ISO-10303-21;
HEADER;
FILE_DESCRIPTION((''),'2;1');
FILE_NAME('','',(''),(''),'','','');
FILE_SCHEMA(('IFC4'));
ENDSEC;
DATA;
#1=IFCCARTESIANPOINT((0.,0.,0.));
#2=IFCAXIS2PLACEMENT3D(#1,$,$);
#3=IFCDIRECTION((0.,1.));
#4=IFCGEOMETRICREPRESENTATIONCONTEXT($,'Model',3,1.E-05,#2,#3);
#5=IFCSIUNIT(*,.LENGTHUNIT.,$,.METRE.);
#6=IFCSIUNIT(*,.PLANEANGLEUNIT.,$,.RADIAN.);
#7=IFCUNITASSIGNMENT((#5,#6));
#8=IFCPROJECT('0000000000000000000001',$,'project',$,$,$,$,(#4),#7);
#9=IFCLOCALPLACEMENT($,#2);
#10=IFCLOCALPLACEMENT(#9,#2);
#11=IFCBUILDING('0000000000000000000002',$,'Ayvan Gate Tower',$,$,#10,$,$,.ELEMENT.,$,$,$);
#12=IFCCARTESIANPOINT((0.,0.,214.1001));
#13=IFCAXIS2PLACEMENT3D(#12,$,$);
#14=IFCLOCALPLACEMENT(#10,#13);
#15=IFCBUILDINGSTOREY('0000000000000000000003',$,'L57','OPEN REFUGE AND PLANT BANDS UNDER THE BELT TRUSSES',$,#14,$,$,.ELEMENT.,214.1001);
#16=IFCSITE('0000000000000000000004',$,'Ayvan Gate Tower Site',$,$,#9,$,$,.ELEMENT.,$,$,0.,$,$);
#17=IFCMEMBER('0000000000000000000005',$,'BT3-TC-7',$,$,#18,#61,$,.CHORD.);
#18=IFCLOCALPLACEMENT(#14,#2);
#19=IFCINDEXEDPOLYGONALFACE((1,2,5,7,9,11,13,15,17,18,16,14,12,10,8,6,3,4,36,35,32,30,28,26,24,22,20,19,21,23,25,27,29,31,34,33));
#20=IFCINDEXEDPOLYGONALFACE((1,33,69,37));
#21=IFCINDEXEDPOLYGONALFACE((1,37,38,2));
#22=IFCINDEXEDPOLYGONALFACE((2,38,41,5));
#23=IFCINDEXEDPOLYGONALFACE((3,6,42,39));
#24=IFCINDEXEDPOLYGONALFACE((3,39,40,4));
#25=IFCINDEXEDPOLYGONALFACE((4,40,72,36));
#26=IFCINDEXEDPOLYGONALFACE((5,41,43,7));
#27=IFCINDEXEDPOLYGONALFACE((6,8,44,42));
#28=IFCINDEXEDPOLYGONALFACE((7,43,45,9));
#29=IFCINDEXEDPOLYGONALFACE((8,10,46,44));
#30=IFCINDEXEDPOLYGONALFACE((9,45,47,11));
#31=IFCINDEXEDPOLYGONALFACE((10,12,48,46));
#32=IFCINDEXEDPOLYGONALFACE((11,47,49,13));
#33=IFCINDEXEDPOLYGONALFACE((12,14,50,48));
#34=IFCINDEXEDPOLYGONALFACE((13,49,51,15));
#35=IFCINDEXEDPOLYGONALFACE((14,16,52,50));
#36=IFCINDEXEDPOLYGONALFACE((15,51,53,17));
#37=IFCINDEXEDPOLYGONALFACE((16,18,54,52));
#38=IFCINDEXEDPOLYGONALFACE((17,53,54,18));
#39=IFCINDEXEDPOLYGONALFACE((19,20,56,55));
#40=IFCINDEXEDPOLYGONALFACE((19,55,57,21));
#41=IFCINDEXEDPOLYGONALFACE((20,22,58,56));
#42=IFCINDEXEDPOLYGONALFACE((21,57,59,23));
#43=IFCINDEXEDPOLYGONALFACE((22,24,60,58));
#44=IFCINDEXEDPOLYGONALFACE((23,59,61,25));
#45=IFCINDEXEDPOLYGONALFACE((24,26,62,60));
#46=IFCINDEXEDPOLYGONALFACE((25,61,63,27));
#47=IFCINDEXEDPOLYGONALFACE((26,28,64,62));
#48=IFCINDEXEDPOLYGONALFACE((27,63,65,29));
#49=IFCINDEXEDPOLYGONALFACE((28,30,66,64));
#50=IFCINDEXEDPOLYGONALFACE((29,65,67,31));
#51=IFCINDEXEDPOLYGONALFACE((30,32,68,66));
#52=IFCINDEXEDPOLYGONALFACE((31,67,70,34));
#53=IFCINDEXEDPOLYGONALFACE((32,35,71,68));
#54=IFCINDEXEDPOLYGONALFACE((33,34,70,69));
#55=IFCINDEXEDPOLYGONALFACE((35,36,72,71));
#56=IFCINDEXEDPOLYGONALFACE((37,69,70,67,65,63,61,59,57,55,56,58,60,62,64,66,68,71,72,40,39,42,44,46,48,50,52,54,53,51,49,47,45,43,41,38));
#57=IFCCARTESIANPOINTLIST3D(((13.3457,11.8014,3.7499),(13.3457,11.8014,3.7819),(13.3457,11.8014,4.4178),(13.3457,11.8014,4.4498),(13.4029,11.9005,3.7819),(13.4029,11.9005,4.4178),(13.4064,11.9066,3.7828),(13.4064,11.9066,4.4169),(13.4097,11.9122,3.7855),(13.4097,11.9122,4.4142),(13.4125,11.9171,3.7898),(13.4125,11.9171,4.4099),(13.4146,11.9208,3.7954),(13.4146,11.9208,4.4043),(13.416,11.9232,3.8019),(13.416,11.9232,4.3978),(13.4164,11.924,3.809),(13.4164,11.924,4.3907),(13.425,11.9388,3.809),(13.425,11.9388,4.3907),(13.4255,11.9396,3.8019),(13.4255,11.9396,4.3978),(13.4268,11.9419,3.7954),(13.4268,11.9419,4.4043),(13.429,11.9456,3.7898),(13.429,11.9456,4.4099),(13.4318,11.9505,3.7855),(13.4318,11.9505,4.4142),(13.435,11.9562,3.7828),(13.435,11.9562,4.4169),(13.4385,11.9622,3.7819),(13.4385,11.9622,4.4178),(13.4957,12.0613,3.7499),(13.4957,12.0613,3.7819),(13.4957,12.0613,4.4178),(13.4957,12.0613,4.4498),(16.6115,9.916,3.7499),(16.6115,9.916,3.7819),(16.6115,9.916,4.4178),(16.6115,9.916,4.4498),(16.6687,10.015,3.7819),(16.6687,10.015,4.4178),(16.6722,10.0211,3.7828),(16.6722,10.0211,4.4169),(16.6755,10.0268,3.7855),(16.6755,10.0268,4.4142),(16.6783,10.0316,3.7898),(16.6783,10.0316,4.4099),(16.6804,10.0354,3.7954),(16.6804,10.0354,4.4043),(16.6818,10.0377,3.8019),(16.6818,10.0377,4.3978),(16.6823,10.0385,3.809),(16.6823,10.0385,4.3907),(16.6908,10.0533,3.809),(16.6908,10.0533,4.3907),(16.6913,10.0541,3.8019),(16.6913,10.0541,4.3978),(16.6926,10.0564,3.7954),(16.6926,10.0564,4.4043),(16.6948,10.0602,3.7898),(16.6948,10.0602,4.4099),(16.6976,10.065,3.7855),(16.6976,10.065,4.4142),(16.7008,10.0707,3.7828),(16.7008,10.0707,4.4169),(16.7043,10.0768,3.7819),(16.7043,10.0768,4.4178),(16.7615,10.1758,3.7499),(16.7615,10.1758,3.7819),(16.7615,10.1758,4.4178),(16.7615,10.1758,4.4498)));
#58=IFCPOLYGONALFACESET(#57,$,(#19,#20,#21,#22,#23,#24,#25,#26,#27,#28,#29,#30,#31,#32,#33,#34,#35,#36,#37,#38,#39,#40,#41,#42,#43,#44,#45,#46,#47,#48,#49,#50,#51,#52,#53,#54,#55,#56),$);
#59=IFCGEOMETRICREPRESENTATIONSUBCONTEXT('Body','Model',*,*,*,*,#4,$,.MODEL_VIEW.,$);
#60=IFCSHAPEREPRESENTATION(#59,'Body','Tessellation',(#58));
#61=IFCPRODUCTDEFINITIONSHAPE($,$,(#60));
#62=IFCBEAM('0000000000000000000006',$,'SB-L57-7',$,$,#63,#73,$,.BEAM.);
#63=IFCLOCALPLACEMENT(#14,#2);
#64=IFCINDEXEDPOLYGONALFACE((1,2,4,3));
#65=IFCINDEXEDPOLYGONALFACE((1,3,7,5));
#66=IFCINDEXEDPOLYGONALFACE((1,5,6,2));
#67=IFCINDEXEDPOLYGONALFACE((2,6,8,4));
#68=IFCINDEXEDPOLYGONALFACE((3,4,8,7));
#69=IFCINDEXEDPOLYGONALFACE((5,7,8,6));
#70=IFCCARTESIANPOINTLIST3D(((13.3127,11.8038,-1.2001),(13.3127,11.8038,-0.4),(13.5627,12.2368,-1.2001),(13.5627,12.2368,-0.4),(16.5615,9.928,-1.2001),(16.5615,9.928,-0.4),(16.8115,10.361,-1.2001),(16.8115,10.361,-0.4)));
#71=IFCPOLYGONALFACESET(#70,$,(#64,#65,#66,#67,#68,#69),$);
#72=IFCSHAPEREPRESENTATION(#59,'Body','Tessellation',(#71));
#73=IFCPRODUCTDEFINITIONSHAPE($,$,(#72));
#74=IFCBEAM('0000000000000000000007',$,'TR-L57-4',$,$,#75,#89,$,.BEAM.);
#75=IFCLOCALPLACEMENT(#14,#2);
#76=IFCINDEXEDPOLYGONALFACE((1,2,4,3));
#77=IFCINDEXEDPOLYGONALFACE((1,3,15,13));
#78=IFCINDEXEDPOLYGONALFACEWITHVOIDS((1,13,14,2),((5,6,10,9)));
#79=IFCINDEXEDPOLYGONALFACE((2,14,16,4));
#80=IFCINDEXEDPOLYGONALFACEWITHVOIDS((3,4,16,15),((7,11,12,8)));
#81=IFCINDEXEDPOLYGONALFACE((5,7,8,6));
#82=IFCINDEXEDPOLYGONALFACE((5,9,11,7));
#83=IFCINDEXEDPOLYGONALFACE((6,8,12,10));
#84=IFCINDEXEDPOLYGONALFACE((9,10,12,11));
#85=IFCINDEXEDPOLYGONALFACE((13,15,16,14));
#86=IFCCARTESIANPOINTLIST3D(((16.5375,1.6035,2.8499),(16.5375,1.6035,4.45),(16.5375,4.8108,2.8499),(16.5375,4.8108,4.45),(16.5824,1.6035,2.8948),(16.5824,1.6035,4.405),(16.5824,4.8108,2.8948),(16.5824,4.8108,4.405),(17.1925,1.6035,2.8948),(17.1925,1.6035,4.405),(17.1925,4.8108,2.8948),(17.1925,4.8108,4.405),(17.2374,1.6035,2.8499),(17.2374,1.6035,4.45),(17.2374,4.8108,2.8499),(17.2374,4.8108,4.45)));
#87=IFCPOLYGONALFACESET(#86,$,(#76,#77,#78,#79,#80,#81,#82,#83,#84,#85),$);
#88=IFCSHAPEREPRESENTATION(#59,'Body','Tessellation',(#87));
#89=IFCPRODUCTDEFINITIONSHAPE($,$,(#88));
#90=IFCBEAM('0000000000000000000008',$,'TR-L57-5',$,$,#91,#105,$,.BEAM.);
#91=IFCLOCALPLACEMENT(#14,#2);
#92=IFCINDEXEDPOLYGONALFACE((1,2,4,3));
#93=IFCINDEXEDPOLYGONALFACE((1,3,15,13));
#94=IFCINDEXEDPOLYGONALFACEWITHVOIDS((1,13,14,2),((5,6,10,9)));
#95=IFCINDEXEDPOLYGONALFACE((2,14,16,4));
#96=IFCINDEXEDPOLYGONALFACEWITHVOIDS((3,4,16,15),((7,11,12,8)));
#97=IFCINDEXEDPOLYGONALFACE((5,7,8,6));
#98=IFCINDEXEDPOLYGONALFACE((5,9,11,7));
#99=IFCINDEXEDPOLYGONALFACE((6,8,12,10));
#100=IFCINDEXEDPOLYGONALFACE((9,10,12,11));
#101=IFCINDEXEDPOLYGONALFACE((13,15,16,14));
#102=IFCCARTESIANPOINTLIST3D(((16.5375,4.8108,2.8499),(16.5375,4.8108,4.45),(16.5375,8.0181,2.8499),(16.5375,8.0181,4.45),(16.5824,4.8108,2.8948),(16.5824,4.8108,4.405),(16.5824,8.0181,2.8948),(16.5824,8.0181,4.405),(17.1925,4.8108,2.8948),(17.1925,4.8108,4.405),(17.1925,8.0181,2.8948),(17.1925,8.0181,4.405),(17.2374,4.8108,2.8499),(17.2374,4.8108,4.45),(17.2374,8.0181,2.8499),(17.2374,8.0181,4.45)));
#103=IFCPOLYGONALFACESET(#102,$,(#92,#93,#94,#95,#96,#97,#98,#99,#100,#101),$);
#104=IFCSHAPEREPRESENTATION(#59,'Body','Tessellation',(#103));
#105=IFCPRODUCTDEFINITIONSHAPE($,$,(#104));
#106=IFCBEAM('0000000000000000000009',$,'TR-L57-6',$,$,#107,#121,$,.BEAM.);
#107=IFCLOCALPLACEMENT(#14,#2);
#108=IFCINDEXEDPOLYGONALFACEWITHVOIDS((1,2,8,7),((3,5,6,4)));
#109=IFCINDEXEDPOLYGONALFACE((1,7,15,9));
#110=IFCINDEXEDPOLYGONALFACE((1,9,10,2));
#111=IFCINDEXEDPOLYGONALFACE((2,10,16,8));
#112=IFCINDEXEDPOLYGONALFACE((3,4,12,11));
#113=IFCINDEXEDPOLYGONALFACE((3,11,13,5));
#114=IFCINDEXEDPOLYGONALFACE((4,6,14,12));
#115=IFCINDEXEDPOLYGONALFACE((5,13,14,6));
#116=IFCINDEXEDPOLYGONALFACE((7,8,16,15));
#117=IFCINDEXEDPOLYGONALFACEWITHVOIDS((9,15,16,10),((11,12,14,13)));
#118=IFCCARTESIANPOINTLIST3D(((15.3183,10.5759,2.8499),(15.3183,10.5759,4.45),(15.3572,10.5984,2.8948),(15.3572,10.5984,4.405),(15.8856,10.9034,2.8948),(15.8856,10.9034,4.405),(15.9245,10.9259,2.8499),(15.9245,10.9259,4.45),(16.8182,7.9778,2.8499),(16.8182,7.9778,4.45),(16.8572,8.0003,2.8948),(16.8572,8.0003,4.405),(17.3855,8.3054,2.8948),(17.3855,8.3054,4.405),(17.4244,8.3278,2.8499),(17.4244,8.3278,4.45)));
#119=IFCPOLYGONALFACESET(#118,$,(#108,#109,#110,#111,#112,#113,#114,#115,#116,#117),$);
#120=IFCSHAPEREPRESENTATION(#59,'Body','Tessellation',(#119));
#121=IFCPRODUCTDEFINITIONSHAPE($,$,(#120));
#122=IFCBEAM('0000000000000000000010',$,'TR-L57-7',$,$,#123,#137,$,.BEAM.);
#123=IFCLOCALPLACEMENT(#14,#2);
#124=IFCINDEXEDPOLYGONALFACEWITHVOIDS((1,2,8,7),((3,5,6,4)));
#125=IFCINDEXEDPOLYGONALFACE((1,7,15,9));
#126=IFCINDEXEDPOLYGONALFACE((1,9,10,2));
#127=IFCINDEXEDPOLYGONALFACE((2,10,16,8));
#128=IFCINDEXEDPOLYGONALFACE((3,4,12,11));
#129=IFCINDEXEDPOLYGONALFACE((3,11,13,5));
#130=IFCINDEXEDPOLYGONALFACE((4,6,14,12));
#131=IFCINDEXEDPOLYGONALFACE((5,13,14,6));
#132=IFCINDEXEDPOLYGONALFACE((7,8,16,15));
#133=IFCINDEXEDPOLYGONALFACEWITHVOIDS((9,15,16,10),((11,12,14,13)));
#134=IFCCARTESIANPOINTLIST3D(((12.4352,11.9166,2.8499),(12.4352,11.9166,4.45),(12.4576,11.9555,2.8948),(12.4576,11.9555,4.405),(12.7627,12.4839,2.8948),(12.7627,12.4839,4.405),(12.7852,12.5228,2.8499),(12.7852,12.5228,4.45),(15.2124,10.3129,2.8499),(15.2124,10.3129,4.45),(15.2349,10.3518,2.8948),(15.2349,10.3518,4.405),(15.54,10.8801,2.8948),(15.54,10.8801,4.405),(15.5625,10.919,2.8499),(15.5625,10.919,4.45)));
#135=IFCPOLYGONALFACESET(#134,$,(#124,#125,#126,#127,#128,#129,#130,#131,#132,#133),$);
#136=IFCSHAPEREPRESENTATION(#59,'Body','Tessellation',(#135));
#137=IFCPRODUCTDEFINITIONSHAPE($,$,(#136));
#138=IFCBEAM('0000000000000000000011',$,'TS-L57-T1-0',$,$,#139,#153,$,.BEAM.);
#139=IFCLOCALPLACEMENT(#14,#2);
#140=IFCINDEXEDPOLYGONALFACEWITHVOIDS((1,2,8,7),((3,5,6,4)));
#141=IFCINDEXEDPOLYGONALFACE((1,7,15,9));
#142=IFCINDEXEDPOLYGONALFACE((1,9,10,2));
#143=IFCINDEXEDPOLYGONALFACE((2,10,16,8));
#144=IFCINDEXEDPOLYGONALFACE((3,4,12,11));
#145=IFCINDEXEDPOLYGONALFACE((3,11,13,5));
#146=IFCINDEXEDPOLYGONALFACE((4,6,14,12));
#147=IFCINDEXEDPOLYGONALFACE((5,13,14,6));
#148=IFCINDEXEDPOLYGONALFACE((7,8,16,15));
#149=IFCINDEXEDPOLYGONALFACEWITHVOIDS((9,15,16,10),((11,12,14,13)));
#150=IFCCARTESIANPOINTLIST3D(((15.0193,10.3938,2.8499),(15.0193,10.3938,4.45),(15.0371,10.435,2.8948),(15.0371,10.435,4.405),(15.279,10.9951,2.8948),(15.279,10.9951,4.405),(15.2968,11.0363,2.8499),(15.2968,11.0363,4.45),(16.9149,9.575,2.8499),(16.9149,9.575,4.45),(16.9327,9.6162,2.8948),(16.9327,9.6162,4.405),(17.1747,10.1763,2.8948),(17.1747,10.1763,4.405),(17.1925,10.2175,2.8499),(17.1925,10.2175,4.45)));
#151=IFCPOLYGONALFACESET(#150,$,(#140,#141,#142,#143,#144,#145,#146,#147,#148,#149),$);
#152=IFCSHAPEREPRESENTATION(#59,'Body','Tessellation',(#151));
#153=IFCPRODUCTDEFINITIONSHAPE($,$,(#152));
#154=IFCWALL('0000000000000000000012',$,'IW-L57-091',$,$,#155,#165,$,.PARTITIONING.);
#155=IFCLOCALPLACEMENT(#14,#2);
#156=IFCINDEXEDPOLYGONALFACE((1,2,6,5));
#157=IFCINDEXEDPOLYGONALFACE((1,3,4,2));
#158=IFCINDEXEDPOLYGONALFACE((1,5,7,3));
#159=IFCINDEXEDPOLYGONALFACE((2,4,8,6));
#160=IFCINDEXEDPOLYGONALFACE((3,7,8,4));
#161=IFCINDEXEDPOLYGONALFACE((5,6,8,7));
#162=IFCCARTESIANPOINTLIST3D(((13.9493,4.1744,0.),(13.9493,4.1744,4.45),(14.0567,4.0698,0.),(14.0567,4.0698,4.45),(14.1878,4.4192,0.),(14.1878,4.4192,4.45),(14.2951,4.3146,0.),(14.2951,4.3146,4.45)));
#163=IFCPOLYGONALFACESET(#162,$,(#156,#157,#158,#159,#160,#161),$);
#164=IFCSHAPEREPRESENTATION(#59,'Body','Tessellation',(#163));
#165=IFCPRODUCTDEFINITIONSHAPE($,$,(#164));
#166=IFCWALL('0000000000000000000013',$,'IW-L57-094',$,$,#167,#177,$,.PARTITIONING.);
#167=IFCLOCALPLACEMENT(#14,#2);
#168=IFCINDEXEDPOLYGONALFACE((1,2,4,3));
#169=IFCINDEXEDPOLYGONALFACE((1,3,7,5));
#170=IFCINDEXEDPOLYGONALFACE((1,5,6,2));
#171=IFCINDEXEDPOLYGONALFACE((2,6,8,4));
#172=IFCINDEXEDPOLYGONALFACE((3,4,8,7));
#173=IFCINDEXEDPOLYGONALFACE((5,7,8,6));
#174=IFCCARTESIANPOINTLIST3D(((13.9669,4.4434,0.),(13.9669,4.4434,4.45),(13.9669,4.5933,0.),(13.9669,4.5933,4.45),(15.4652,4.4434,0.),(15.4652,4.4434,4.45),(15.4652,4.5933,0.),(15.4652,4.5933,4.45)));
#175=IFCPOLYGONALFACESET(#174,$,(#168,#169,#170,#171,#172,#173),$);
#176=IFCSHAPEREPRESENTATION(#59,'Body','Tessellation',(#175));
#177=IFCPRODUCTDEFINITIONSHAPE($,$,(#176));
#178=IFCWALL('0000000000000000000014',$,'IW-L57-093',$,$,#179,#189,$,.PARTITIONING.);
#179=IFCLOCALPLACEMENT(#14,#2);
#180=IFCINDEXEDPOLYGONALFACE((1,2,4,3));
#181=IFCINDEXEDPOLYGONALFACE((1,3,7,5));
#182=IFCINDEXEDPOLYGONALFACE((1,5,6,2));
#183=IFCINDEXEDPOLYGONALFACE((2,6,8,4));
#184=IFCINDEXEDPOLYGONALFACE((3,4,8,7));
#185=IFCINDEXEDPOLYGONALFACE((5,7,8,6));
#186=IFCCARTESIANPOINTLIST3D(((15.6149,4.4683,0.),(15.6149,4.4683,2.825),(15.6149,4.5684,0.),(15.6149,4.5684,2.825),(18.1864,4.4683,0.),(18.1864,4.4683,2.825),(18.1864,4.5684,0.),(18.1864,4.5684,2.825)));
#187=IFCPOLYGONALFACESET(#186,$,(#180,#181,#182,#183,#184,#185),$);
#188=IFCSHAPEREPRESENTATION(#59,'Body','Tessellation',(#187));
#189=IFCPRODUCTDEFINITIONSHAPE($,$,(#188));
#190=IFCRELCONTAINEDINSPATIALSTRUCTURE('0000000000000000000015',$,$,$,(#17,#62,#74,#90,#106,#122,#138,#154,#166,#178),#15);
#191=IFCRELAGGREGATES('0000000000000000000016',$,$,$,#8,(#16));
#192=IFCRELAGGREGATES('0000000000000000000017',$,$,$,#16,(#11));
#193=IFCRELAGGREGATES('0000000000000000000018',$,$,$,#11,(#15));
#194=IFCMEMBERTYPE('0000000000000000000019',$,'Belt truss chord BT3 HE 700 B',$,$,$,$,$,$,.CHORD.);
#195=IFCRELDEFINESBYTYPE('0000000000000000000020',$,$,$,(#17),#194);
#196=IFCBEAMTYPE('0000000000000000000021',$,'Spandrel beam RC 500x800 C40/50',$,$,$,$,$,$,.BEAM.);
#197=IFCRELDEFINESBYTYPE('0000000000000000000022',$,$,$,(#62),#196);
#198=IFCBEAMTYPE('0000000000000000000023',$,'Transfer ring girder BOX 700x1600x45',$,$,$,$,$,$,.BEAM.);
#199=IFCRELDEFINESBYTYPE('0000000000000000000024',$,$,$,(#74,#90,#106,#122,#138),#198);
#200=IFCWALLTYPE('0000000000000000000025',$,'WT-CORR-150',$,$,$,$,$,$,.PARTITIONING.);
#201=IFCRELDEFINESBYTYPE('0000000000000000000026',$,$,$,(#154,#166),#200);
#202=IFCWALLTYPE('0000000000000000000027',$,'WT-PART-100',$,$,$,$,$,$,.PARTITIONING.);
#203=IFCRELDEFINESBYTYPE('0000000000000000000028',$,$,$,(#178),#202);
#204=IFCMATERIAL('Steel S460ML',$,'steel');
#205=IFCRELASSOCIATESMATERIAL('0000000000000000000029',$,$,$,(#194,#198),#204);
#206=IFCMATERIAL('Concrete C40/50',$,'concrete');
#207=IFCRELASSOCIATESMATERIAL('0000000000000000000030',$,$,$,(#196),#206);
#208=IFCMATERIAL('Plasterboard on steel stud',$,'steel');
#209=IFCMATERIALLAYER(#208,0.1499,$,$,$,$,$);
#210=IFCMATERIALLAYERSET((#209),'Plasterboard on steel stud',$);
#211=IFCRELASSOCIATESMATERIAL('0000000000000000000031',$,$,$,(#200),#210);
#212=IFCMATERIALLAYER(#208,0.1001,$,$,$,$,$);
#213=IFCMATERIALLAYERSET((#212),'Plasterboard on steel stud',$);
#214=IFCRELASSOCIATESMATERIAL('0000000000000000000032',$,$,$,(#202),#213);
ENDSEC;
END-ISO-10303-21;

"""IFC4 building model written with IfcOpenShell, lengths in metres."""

from ifc_helpers import new_model, si_unit, direction, frame, frame_2d, origin, origin_2d, place, context, subcontext, project, spatial, rectangle, hollow_rectangle, i_section, extrude, material, layer, layer_set, material_profile, profile_set, type_object, element, save


model = new_model("IFC4")

# Units and contexts
model_context = context("Model", 3, precision=1e-05, world=origin(), true_north=direction((0.0, 1.0)))
body_context = subcontext(model_context, "Body", "Model", "MODEL_VIEW")
ifc_project = project(units=[si_unit("LENGTHUNIT", "METRE"), si_unit("PLANEANGLEUNIT", "RADIAN")], contexts=[model_context])

# Site, building, storey
site_placement = place(None, origin())
site = spatial("IfcSite", under=ifc_project, at=site_placement, Name="Ayvan Gate Tower Site", CompositionType="ELEMENT", RefElevation=0.0)
building_placement = place(site_placement, origin())
building = spatial("IfcBuilding", under=site, at=building_placement, Name="Ayvan Gate Tower", CompositionType="ELEMENT")
storey_placement = place(building_placement, frame((0.0, 0.0, 214.1001)))
storey = spatial("IfcBuildingStorey", under=building, at=storey_placement, Name="L57", Description="OPEN REFUGE AND PLANT BANDS UNDER THE BELT TRUSSES", CompositionType="ELEMENT", Elevation=214.1001)

# Member
ifc_material_1 = material(Name="Steel S460ML", Category="steel")
ifc_material_profile_1 = material_profile(ifc_material_1, i_section(OverallWidth=0.3, OverallDepth=0.7, WebThickness=0.0171, FlangeThickness=0.032, FilletRadius=0.0271, at=origin_2d()), Name="HE 700 B")
ifc_profile_set_1 = profile_set([ifc_material_profile_1], Name="Steel S460ML")
member_type_1 = type_object("IfcMemberType", Name="Belt truss chord BT3 HE 700 B", PredefinedType="CHORD", material=ifc_profile_set_1)
member_1_placement = place(storey_placement, frame((16.6865, 10.0459, 4.0999), z_axis=(-0.866031, 0.49999, 0.0), x_axis=(-0.49999, -0.866031, 0.0)))
element("IfcMember", 1, at=member_1_placement, inside=storey, type_object=member_type_1, Name="BT3-TC-7", PredefinedType="CHORD", context=body_context, shape_type="SweptSolid", body=[
    extrude(i_section(OverallWidth=0.3, OverallDepth=0.7, WebThickness=0.0171, FlangeThickness=0.032, FilletRadius=0.0271, at=origin_2d()), origin(), (0.0, 0.0, 1.0), 3.771),
])

# Beams
ifc_material_2 = material(Name="Concrete C40/50", Category="concrete")
ifc_material_profile_2 = material_profile(ifc_material_2, rectangle(XDim=0.5, YDim=0.8, at=origin_2d()), Name="RC 500x800")
ifc_profile_set_2 = profile_set([ifc_material_profile_2], Name="Concrete C40/50")
beam_type_1 = type_object("IfcBeamType", Name="Spandrel beam RC 500x800 C40/50", PredefinedType="BEAM", material=ifc_profile_set_2)
beam_1_placement = place(storey_placement, frame((16.6865, 10.1445, -0.8), z_axis=(-0.86602, 0.50001, 0.0), x_axis=(-0.50001, -0.86602, 0.0)))
element("IfcBeam", 2, at=beam_1_placement, inside=storey, type_object=beam_type_1, Name="SB-L57-7", PredefinedType="BEAM", context=body_context, shape_type="SweptSolid", body=[
    extrude(rectangle(XDim=0.5, YDim=0.8, at=origin_2d()), origin(), (0.0, 0.0, 1.0), 3.7515),
])
ifc_material_profile_3 = material_profile(ifc_material_1, hollow_rectangle(XDim=0.7, YDim=1.6001, WallThickness=0.0449, at=origin_2d()), Name="BOX 700x1600x45")
ifc_profile_set_3 = profile_set([ifc_material_profile_3], Name="Steel S460ML")
beam_type_2 = type_object("IfcBeamType", Name="Transfer ring girder BOX 700x1600x45", PredefinedType="BEAM", material=ifc_profile_set_3)
for number, where, z_axis, x_axis, name in (
    (3, (16.8875, 1.6035, 3.6499), (0.0, 1.0, 0.0), (-1.0, 0.0, 0.0), "TR-L57-4"),
    (4, (16.8875, 4.8108, 3.6499), (0.0, 1.0, 0.0), (-1.0, 0.0, 0.0), "TR-L57-5"),
):
    element("IfcBeam", number, at=place(storey_placement, frame(where, z_axis=z_axis, x_axis=x_axis)), inside=storey, type_object=beam_type_2, Name=name, PredefinedType="BEAM", context=body_context, shape_type="SweptSolid", body=[
        extrude(hollow_rectangle(XDim=0.7, YDim=1.6001, WallThickness=0.0449, at=origin_2d()), origin(), (0.0, 0.0, 1.0), 3.2073),
    ])
beam_2_placement = place(storey_placement, frame((17.1213, 8.1528, 3.6499), z_axis=(-0.49999, 0.866031, 0.0), x_axis=(-0.866031, -0.49999, 0.0)))
element("IfcBeam", 5, at=beam_2_placement, inside=storey, type_object=beam_type_2, Name="TR-L57-6", PredefinedType="BEAM", context=body_context, shape_type="SweptSolid", body=[
    extrude(hollow_rectangle(XDim=0.7, YDim=1.6001, WallThickness=0.0449, at=origin_2d()), origin(), (0.0, 0.0, 1.0), 3.0),
])
beam_3_placement = place(storey_placement, frame((15.3875, 10.616, 3.6499), z_axis=(-0.86599, 0.500061, 0.0), x_axis=(-0.500061, -0.86599, 0.0)))
element("IfcBeam", 6, at=beam_3_placement, inside=storey, type_object=beam_type_2, Name="TR-L57-7", PredefinedType="BEAM", context=body_context, shape_type="SweptSolid", body=[
    extrude(hollow_rectangle(XDim=0.7, YDim=1.6001, WallThickness=0.0449, at=origin_2d()), origin(), (0.0, 0.0, 1.0), 3.207),
])
beam_4_placement = place(storey_placement, frame((17.0537, 9.8962, 3.6499), z_axis=(-0.918022, 0.396529, 0.0), x_axis=(-0.396529, -0.918022, 0.0)))
element("IfcBeam", 7, at=beam_4_placement, inside=storey, type_object=beam_type_2, Name="TS-L57-T1-0", PredefinedType="BEAM", context=body_context, shape_type="SweptSolid", body=[
    extrude(hollow_rectangle(XDim=0.7, YDim=1.6001, WallThickness=0.0449, at=origin_2d()), origin(), (0.0, 0.0, 1.0), 2.0649),
])

# Walls
ifc_material_3 = material(Name="Plasterboard on steel stud", Category="steel")
ifc_layer_1 = layer(ifc_material_3, 0.1499)
ifc_layer_set_1 = layer_set([ifc_layer_1], Name="Plasterboard on steel stud")
wall_type_1 = type_object("IfcWallType", Name="WT-CORR-150", PredefinedType="PARTITIONING", material=ifc_layer_set_1)
wall_1_placement = place(storey_placement, frame((14.2415, 4.3669, 0.0), z_axis=(0.0, 0.0, 1.0), x_axis=(-0.697761, -0.71633, 0.0)))
element("IfcWall", 8, at=wall_1_placement, inside=storey, type_object=wall_type_1, Name="IW-L57-091", PredefinedType="PARTITIONING", context=body_context, shape_type="SweptSolid", body=[
    extrude(rectangle(XDim=0.3418, YDim=0.1499, at=frame_2d((0.1709, 0.0))), origin(), (0.0, 0.0, 1.0), 4.45),
])
wall_2_placement = place(storey_placement, frame((15.4651, 4.5183, 0.0), z_axis=(0.0, 0.0, 1.0), x_axis=(-1.0, 0.0, 0.0)))
element("IfcWall", 9, at=wall_2_placement, inside=storey, type_object=wall_type_1, Name="IW-L57-094", PredefinedType="PARTITIONING", context=body_context, shape_type="SweptSolid", body=[
    extrude(rectangle(XDim=1.4983, YDim=0.1499, at=frame_2d((0.749, 0.0))), origin(), (0.0, 0.0, 1.0), 4.45),
])
ifc_layer_2 = layer(ifc_material_3, 0.1001)
ifc_layer_set_2 = layer_set([ifc_layer_2], Name="Plasterboard on steel stud")
wall_type_2 = type_object("IfcWallType", Name="WT-PART-100", PredefinedType="PARTITIONING", material=ifc_layer_set_2)
wall_3_placement = place(storey_placement, frame((15.615, 4.5183, 0.0), z_axis=(0.0, 0.0, 1.0), x_axis=(1.0, 0.0, 0.0)))
element("IfcWall", 10, at=wall_3_placement, inside=storey, type_object=wall_type_2, Name="IW-L57-093", PredefinedType="PARTITIONING", context=body_context, shape_type="SweptSolid", body=[
    extrude(rectangle(XDim=2.5715, YDim=0.1001, at=frame_2d((1.2856, 0.0))), origin(), (0.0, 0.0, 1.0), 2.825),
])

save(model, "model.ifc")
